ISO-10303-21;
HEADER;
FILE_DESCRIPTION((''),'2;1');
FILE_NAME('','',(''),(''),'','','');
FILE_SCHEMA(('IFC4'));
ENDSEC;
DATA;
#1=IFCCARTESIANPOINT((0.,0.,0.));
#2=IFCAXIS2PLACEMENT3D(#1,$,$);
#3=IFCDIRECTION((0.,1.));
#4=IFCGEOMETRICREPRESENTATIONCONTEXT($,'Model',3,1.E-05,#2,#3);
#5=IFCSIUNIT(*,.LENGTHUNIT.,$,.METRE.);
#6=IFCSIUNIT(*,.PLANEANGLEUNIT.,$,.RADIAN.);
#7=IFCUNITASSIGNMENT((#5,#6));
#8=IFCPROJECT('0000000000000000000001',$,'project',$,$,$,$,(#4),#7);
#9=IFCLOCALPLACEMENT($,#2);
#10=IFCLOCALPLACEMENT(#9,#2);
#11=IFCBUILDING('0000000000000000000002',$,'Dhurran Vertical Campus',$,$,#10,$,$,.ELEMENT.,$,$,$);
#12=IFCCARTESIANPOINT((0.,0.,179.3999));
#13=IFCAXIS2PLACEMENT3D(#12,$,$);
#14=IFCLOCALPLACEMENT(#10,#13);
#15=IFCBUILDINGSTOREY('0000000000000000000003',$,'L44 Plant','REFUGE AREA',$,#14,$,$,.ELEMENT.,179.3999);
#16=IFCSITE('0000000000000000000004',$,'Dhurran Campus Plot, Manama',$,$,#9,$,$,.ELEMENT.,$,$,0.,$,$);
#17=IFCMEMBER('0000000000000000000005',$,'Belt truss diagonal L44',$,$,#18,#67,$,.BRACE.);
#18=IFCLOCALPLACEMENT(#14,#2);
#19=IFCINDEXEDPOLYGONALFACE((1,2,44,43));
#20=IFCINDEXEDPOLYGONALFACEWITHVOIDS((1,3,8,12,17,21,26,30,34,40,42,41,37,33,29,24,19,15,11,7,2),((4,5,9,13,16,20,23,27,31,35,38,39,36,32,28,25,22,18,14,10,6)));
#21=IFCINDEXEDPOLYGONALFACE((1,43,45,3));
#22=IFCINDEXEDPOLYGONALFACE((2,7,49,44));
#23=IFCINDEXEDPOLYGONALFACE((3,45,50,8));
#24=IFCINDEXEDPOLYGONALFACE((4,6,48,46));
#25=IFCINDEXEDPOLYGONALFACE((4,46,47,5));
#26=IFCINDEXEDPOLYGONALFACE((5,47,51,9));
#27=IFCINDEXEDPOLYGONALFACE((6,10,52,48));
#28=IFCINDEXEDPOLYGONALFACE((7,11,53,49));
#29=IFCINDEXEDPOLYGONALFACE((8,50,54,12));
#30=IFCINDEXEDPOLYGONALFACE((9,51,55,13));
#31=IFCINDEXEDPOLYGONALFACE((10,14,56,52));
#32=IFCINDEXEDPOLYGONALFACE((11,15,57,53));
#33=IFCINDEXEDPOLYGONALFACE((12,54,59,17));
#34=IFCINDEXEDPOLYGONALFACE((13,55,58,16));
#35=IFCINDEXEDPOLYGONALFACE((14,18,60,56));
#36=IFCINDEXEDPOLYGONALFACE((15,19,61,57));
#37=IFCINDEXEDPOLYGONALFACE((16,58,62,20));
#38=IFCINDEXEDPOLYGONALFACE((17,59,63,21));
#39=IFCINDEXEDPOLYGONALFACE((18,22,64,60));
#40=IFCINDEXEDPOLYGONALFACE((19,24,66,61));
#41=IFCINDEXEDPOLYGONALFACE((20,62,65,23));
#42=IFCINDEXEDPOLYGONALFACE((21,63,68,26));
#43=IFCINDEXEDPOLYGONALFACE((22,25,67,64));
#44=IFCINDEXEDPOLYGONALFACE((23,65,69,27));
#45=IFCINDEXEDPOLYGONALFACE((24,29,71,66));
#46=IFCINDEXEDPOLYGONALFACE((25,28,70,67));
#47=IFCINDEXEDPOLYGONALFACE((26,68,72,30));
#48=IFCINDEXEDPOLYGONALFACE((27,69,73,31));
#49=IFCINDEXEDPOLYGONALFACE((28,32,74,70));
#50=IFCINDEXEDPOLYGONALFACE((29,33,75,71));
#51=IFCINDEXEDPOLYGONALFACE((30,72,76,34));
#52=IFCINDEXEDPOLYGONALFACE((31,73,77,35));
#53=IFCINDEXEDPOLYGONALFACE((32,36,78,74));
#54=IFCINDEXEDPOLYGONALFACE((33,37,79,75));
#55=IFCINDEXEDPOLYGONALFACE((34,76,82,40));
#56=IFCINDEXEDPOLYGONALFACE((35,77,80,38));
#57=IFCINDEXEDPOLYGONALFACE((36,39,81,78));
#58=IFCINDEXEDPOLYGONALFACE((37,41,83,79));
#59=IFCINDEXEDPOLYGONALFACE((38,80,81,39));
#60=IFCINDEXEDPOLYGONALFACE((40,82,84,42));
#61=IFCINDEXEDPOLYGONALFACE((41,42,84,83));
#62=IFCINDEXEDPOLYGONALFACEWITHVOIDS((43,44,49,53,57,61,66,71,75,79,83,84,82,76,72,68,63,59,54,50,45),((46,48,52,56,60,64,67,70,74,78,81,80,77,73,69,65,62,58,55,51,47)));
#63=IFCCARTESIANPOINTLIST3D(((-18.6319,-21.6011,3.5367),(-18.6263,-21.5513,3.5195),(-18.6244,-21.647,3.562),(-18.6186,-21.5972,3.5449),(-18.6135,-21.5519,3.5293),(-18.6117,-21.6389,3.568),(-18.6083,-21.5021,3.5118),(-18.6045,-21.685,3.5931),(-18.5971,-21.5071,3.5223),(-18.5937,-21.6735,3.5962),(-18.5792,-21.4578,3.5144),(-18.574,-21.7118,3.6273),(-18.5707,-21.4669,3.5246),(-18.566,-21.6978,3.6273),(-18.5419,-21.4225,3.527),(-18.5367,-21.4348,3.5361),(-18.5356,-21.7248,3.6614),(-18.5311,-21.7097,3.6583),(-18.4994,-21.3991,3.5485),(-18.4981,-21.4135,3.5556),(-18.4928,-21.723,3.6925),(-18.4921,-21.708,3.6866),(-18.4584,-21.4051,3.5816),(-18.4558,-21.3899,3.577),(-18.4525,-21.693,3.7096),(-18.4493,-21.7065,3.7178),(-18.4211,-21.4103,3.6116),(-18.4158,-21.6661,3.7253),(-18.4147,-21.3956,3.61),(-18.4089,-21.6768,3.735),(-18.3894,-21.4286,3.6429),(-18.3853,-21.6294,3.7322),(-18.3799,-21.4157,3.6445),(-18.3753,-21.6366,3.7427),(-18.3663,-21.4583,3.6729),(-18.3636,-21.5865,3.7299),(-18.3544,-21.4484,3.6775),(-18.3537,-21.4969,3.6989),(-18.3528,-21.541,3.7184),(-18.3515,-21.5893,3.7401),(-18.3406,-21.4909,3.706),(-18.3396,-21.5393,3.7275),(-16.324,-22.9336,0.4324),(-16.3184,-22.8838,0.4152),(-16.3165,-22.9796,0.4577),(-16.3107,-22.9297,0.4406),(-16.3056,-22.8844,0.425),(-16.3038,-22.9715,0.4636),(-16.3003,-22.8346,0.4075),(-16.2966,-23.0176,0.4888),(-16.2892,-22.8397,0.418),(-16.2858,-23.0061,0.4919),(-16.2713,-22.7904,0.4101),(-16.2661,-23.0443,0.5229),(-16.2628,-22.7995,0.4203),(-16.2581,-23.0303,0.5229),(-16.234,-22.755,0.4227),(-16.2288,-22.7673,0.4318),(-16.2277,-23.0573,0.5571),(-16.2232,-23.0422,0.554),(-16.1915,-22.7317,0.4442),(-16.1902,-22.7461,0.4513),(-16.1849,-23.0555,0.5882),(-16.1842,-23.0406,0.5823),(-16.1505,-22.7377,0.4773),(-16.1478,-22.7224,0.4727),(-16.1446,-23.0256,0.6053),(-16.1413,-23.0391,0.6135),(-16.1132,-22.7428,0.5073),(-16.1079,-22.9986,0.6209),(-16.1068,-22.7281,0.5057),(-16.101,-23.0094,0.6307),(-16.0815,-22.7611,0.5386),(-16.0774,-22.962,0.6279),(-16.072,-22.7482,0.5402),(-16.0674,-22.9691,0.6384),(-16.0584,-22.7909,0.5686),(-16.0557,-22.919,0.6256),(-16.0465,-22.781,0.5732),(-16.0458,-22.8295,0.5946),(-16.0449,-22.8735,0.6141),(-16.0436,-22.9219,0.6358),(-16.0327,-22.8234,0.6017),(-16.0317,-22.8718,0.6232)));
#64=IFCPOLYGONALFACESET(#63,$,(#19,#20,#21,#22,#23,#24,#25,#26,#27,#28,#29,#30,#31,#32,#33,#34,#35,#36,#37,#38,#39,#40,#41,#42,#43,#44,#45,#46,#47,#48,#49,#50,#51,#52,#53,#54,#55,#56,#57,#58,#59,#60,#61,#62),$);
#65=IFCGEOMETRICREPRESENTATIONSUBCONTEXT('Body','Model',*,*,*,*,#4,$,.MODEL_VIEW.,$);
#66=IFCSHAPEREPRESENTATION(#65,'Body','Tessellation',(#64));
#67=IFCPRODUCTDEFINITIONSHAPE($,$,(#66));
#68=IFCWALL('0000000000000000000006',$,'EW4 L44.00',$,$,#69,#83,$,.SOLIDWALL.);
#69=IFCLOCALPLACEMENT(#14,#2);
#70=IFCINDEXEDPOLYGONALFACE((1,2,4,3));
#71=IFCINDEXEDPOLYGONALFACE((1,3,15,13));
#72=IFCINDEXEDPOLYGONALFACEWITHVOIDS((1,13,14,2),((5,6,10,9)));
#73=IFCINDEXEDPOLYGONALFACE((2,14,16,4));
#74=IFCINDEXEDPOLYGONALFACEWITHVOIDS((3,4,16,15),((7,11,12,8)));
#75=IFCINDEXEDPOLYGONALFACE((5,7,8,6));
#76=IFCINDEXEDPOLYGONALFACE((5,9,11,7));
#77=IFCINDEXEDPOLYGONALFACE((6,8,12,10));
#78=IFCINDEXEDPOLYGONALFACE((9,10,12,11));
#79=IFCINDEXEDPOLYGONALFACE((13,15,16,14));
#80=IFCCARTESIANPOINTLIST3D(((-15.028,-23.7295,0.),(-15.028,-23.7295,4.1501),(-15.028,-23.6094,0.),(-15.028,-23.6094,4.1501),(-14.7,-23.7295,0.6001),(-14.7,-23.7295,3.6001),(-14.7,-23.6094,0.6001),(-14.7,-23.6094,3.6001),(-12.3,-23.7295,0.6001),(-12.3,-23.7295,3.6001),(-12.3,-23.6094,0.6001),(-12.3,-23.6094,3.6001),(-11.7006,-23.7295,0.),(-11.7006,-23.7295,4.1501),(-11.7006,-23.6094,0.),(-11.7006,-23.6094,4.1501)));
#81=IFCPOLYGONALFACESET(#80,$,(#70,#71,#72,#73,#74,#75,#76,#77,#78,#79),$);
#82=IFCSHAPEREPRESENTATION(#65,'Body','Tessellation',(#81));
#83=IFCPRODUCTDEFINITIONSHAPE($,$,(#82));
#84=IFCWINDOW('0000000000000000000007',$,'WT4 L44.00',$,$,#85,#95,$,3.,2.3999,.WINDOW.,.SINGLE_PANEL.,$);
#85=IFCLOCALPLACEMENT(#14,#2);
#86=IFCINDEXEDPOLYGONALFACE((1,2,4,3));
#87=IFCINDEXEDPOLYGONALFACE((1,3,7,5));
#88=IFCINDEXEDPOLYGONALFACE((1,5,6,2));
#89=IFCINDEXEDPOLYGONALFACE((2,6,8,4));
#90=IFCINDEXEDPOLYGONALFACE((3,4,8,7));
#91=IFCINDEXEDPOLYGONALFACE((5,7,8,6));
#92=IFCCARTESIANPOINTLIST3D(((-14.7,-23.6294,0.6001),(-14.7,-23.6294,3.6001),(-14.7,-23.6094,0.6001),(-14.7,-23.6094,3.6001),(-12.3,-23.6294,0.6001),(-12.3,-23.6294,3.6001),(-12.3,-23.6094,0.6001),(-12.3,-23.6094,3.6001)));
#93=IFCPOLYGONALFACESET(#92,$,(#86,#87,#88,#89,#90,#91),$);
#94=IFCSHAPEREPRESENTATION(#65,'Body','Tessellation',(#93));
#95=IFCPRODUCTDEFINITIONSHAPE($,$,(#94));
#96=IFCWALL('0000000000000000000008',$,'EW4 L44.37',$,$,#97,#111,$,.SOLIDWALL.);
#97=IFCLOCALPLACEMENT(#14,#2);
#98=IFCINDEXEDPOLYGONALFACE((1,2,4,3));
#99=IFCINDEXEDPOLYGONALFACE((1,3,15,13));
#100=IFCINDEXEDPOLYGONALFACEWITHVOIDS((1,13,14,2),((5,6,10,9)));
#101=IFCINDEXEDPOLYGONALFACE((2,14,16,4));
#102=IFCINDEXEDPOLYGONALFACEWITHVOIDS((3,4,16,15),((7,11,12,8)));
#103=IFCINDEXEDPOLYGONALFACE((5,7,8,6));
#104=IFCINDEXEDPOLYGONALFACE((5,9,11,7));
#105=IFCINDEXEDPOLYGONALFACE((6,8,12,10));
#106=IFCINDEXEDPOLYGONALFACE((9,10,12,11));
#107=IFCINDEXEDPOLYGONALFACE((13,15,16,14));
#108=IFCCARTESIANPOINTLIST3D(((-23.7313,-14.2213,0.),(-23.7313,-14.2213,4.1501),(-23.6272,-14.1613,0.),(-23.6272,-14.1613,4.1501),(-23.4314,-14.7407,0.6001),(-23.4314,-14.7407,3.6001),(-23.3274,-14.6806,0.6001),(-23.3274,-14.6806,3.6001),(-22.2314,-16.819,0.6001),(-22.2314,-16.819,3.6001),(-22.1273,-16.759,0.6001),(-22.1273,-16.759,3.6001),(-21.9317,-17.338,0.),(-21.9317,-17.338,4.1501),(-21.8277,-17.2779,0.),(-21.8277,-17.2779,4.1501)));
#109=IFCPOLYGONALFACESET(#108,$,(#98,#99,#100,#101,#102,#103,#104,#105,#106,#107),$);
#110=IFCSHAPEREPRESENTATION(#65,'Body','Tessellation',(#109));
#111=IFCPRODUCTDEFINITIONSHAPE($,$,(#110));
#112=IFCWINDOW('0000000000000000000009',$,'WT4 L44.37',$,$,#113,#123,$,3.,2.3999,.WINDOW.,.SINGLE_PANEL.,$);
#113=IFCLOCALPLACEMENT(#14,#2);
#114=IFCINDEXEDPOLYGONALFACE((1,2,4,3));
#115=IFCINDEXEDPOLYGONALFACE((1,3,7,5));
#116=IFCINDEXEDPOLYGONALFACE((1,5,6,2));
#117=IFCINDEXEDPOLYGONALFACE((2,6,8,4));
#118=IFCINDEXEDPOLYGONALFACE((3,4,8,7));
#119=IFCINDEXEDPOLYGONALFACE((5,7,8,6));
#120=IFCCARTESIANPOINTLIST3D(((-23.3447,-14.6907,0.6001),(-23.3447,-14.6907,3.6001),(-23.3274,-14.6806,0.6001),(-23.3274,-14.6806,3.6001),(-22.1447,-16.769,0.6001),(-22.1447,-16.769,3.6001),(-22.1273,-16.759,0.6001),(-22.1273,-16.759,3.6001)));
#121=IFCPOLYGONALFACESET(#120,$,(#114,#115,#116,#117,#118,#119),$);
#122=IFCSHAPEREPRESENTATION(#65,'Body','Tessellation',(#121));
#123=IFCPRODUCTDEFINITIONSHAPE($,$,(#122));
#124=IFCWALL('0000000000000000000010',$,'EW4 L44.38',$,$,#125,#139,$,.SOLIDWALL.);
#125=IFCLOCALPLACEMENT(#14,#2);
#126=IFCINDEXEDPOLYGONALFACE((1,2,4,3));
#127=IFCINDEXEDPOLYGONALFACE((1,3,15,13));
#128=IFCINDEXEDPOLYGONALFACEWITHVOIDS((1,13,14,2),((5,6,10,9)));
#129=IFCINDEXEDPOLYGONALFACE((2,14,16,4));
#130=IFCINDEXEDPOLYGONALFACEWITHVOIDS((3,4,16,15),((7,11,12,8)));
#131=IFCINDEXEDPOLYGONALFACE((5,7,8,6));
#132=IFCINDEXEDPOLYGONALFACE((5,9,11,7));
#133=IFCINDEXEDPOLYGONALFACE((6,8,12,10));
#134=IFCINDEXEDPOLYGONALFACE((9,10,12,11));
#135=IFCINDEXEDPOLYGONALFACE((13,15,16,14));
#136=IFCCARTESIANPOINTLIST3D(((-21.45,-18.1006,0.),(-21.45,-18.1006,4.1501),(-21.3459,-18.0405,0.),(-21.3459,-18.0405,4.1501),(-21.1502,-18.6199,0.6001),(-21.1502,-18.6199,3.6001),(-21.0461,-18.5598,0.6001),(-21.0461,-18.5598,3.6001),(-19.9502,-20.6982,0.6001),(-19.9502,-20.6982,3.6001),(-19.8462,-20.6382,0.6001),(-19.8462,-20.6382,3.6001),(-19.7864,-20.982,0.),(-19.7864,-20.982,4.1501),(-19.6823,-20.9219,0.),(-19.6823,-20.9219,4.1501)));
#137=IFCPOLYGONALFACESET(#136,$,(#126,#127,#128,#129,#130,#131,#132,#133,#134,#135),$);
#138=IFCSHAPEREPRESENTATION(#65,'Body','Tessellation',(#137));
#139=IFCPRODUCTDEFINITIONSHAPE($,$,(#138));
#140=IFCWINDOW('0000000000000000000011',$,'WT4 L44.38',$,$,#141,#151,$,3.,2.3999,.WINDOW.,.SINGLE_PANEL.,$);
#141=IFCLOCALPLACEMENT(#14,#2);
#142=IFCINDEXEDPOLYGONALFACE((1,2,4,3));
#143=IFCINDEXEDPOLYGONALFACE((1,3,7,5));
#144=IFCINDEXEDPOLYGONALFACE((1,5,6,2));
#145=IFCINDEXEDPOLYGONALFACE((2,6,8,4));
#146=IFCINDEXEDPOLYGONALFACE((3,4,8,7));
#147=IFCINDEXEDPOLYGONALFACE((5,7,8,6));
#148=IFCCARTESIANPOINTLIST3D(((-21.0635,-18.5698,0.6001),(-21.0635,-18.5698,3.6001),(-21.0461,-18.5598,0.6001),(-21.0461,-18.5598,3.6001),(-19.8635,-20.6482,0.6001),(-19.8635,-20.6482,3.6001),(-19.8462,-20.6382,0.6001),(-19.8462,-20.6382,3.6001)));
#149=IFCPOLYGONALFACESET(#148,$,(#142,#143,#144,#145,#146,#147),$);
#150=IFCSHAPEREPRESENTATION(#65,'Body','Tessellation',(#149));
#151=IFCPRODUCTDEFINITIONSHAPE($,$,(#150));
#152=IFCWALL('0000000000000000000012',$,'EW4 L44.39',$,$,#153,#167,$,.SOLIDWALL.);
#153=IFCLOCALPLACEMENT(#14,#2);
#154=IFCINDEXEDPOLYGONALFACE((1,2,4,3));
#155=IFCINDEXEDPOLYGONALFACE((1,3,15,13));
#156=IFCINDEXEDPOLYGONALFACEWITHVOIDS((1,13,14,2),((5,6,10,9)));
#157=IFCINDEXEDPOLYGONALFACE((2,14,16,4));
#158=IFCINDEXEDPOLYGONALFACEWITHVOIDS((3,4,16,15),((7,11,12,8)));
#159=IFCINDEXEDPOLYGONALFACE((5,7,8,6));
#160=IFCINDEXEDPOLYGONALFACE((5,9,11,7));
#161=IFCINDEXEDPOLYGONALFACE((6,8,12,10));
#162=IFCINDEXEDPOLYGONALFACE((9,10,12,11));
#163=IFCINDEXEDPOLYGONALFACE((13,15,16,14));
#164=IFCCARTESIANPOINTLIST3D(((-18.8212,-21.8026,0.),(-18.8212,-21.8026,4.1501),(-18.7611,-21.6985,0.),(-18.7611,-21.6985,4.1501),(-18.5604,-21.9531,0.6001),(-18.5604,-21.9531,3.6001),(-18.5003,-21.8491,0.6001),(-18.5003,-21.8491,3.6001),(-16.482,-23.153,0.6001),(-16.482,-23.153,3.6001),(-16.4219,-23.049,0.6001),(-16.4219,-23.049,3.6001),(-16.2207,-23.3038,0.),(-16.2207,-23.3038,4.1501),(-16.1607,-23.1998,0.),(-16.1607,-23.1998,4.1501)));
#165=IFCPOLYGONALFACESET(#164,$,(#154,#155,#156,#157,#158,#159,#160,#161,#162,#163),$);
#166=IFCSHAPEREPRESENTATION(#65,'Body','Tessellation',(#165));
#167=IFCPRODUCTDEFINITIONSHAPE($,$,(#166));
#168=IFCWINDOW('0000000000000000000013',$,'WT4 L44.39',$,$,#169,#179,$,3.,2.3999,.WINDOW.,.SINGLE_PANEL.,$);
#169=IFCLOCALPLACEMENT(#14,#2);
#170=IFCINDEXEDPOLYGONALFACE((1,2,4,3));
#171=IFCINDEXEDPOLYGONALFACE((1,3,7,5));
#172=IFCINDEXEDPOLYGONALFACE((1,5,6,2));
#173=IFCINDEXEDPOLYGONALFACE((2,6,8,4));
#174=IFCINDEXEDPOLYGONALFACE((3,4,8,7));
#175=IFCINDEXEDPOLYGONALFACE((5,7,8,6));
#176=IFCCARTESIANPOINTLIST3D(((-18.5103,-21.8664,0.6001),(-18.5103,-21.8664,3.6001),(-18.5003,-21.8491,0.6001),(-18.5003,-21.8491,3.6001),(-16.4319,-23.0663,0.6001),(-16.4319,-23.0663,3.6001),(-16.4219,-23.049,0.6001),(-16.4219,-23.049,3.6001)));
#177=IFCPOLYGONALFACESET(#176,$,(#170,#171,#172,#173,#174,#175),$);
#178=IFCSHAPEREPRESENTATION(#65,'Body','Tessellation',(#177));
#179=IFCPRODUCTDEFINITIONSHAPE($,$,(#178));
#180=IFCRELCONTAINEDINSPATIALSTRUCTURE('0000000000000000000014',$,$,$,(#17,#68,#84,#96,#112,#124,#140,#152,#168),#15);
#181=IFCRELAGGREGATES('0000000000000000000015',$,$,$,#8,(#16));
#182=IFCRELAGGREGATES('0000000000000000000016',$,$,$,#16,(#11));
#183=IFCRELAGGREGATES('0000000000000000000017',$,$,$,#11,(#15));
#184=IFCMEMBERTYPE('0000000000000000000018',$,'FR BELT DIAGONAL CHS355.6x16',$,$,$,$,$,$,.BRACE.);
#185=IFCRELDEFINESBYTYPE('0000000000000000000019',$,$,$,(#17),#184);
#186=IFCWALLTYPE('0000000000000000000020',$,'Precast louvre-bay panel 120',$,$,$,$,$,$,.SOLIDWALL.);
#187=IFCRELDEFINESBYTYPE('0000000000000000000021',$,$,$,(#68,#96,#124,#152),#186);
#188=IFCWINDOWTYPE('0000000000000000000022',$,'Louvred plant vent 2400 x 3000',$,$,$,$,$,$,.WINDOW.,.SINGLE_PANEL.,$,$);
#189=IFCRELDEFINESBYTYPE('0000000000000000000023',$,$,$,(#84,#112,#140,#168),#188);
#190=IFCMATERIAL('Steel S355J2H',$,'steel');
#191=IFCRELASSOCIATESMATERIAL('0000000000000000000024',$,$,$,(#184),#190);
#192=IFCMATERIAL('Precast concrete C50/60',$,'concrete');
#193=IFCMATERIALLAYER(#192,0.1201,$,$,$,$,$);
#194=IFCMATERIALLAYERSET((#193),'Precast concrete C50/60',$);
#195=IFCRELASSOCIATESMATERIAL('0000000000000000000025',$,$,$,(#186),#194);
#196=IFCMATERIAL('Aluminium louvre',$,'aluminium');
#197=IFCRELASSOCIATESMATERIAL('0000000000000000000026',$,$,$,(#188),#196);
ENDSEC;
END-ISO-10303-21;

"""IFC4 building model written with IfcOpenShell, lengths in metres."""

from ifc_helpers import new_model, si_unit, direction, frame, frame_2d, origin, origin_2d, place, context, subcontext, project, spatial, rectangle, hollow_circle, extrude, material, layer, layer_set, material_profile, profile_set, type_object, element, fill, save


model = new_model("IFC4")

# Units and contexts
model_context = context("Model", 3, precision=1e-05, world=origin(), true_north=direction((0.0, 1.0)))
body_context = subcontext(model_context, "Body", "Model", "MODEL_VIEW")
ifc_project = project(units=[si_unit("LENGTHUNIT", "METRE"), si_unit("PLANEANGLEUNIT", "RADIAN")], contexts=[model_context])

# Site, building, storey
site_placement = place(None, origin())
site = spatial("IfcSite", under=ifc_project, at=site_placement, Name="Dhurran Campus Plot, Manama", CompositionType="ELEMENT", RefElevation=0.0)
building_placement = place(site_placement, origin())
building = spatial("IfcBuilding", under=site, at=building_placement, Name="Dhurran Vertical Campus", CompositionType="ELEMENT")
storey_placement = place(building_placement, frame((0.0, 0.0, 179.3999)))
storey = spatial("IfcBuildingStorey", under=building, at=storey_placement, Name="L44 Plant", Description="REFUGE AREA", CompositionType="ELEMENT", Elevation=179.3999)

# Member
ifc_material_1 = material(Name="Steel S355J2H", Category="steel")
ifc_material_profile_1 = material_profile(ifc_material_1, hollow_circle(Radius=0.1777, WallThickness=0.0161, at=origin_2d()), Name="CHS355.6x16")
ifc_profile_set_1 = profile_set([ifc_material_profile_1], Name="Steel S355J2H")
member_type = type_object("IfcMemberType", Name="FR BELT DIAGONAL CHS355.6x16", PredefinedType="BRACE", material=ifc_profile_set_1)
member_1_placement = place(storey_placement, frame((-16.1772, -22.8904, 0.5229), z_axis=(-0.564099, 0.325701, 0.758756), x_axis=(-0.500021, -0.866013, 0.0)))
element("IfcMember", 1, at=member_1_placement, inside=storey, type_object=member_type, Name="Belt truss diagonal L44", PredefinedType="BRACE", context=body_context, shape_type="SweptSolid", body=[
    extrude(hollow_circle(Radius=0.1777, WallThickness=0.0161, at=origin_2d()), origin(), (0.0, 0.0, 1.0), 4.0913),
])

# Walls, openings, windows
ifc_material_2 = material(Name="Precast concrete C50/60", Category="concrete")
ifc_layer = layer(ifc_material_2, 0.1201)
ifc_layer_set = layer_set([ifc_layer], Name="Precast concrete C50/60")
wall_type = type_object("IfcWallType", Name="Precast louvre-bay panel 120", PredefinedType="SOLIDWALL", material=ifc_layer_set)
wall_1_placement = place(storey_placement, frame((-15.0278, -23.6694, 0.0), z_axis=(0.0, 0.0, 1.0), x_axis=(1.0, 0.0, 0.0)))
wall_1 = element("IfcWall", 2, at=wall_1_placement, inside=storey, type_object=wall_type, Name="EW4 L44.00", PredefinedType="SOLIDWALL", context=body_context, shape_type="SweptSolid", body=[
    extrude(rectangle(XDim=3.3274, YDim=0.1201, at=frame_2d((1.6636, 0.0))), origin(), (0.0, 0.0, 1.0), 4.1501),
])
opening_1_placement = place(wall_1_placement, frame((0.3279, 0.0, 0.6001)))
opening_1 = element("IfcOpeningElement", 3, at=opening_1_placement, cuts=wall_1, PredefinedType="OPENING", context=body_context, shape_type="SweptSolid", body=[
    extrude(rectangle(XDim=2.3999, YDim=3.0, at=frame_2d((1.2, 1.5))), frame((0.0, 0.0701, 0.0), z_axis=(0.0, -1.0, 0.0), x_axis=(1.0, 0.0, 0.0)), (0.0, 0.0, 1.0), 0.1401),
])
ifc_material_3 = material(Name="Aluminium louvre", Category="aluminium")
window_type = type_object("IfcWindowType", Name="Louvred plant vent 2400 x 3000", PartitioningType="SINGLE_PANEL", PredefinedType="WINDOW", material=ifc_material_3)
window_1_placement = place(opening_1_placement, origin())
window_1 = element("IfcWindow", 4, at=window_1_placement, inside=storey, type_object=window_type, Name="WT4 L44.00", OverallHeight=3.0, OverallWidth=2.3999, PartitioningType="SINGLE_PANEL", PredefinedType="WINDOW", context=body_context, shape_type="SweptSolid", body=[
    extrude(rectangle(XDim=2.3999, YDim=3.0, at=frame_2d((1.2, 1.5))), frame((0.0, 0.0601, 0.0), z_axis=(0.0, -1.0, 0.0), x_axis=(1.0, 0.0, 0.0)), (0.0, 0.0, 1.0), 0.02),
])
fill(opening_1, window_1)
wall_2_placement = place(storey_placement, frame((-23.6792, -14.1914, 0.0), z_axis=(0.0, 0.0, 1.0), x_axis=(0.500028, -0.866009, 0.0)))
wall_2 = element("IfcWall", 5, at=wall_2_placement, inside=storey, type_object=wall_type, Name="EW4 L44.37", PredefinedType="SOLIDWALL", context=body_context, shape_type="SweptSolid", body=[
    extrude(rectangle(XDim=3.5989, YDim=0.1201, at=frame_2d((1.7993, 0.0))), origin(), (0.0, 0.0, 1.0), 4.1501),
])
opening_2_placement = place(wall_2_placement, frame((0.5996, 0.0, 0.6001)))
opening_2 = element("IfcOpeningElement", 6, at=opening_2_placement, cuts=wall_2, PredefinedType="OPENING", context=body_context, shape_type="SweptSolid", body=[
    extrude(rectangle(XDim=2.3999, YDim=3.0, at=frame_2d((1.2, 1.5))), frame((0.0, 0.0701, 0.0), z_axis=(0.0, -1.0, 0.0), x_axis=(1.0, 0.0, 0.0)), (0.0, 0.0, 1.0), 0.1401),
])
window_2_placement = place(opening_2_placement, origin())
window_2 = element("IfcWindow", 7, at=window_2_placement, inside=storey, type_object=window_type, Name="WT4 L44.37", OverallHeight=3.0, OverallWidth=2.3999, PartitioningType="SINGLE_PANEL", PredefinedType="WINDOW", context=body_context, shape_type="SweptSolid", body=[
    extrude(rectangle(XDim=2.3999, YDim=3.0, at=frame_2d((1.2, 1.5))), frame((0.0, 0.0601, 0.0), z_axis=(0.0, -1.0, 0.0), x_axis=(1.0, 0.0, 0.0)), (0.0, 0.0, 1.0), 0.02),
])
fill(opening_2, window_2)
wall_3_placement = place(storey_placement, frame((-21.3979, -18.0706, 0.0), z_axis=(0.0, 0.0, 1.0), x_axis=(0.500006, -0.866022, 0.0)))
wall_3 = element("IfcWall", 8, at=wall_3_placement, inside=storey, type_object=wall_type, Name="EW4 L44.38", PredefinedType="SOLIDWALL", context=body_context, shape_type="SweptSolid", body=[
    extrude(rectangle(XDim=3.3271, YDim=0.1201, at=frame_2d((1.6636, 0.0))), origin(), (0.0, 0.0, 1.0), 4.1501),
])
opening_3_placement = place(wall_3_placement, frame((0.5996, 0.0, 0.6001)))
opening_3 = element("IfcOpeningElement", 9, at=opening_3_placement, cuts=wall_3, PredefinedType="OPENING", context=body_context, shape_type="SweptSolid", body=[
    extrude(rectangle(XDim=2.3999, YDim=3.0, at=frame_2d((1.2, 1.5))), frame((0.0, 0.0701, 0.0), z_axis=(0.0, -1.0, 0.0), x_axis=(1.0, 0.0, 0.0)), (0.0, 0.0, 1.0), 0.1401),
])
window_3_placement = place(opening_3_placement, origin())
window_3 = element("IfcWindow", 10, at=window_3_placement, inside=storey, type_object=window_type, Name="WT4 L44.38", OverallHeight=3.0, OverallWidth=2.3999, PartitioningType="SINGLE_PANEL", PredefinedType="WINDOW", context=body_context, shape_type="SweptSolid", body=[
    extrude(rectangle(XDim=2.3999, YDim=3.0, at=frame_2d((1.2, 1.5))), frame((0.0, 0.0601, 0.0), z_axis=(0.0, -1.0, 0.0), x_axis=(1.0, 0.0, 0.0)), (0.0, 0.0, 1.0), 0.02),
])
fill(opening_3, window_3)
wall_4_placement = place(storey_placement, frame((-18.7913, -21.7505, 0.0), z_axis=(0.0, 0.0, 1.0), x_axis=(0.866038, -0.499978, 0.0)))
wall_4 = element("IfcWall", 11, at=wall_4_placement, inside=storey, type_object=wall_type, Name="EW4 L44.39", PredefinedType="SOLIDWALL", context=body_context, shape_type="SweptSolid", body=[
    extrude(rectangle(XDim=3.0027, YDim=0.1201, at=frame_2d((1.5015, 0.0))), origin(), (0.0, 0.0, 1.0), 4.1501),
])
opening_4_placement = place(wall_4_placement, frame((0.3013, 0.0, 0.6001)))
opening_4 = element("IfcOpeningElement", 12, at=opening_4_placement, cuts=wall_4, PredefinedType="OPENING", context=body_context, shape_type="SweptSolid", body=[
    extrude(rectangle(XDim=2.3999, YDim=3.0, at=frame_2d((1.2, 1.5))), frame((0.0, 0.0701, 0.0), z_axis=(0.0, -1.0, 0.0), x_axis=(1.0, 0.0, 0.0)), (0.0, 0.0, 1.0), 0.1401),
])
window_4_placement = place(opening_4_placement, origin())
window_4 = element("IfcWindow", 13, at=window_4_placement, inside=storey, type_object=window_type, Name="WT4 L44.39", OverallHeight=3.0, OverallWidth=2.3999, PartitioningType="SINGLE_PANEL", PredefinedType="WINDOW", context=body_context, shape_type="SweptSolid", body=[
    extrude(rectangle(XDim=2.3999, YDim=3.0, at=frame_2d((1.2, 1.5))), frame((0.0, 0.0601, 0.0), z_axis=(0.0, -1.0, 0.0), x_axis=(1.0, 0.0, 0.0)), (0.0, 0.0, 1.0), 0.02),
])
fill(opening_4, window_4)

save(model, "model.ifc")
